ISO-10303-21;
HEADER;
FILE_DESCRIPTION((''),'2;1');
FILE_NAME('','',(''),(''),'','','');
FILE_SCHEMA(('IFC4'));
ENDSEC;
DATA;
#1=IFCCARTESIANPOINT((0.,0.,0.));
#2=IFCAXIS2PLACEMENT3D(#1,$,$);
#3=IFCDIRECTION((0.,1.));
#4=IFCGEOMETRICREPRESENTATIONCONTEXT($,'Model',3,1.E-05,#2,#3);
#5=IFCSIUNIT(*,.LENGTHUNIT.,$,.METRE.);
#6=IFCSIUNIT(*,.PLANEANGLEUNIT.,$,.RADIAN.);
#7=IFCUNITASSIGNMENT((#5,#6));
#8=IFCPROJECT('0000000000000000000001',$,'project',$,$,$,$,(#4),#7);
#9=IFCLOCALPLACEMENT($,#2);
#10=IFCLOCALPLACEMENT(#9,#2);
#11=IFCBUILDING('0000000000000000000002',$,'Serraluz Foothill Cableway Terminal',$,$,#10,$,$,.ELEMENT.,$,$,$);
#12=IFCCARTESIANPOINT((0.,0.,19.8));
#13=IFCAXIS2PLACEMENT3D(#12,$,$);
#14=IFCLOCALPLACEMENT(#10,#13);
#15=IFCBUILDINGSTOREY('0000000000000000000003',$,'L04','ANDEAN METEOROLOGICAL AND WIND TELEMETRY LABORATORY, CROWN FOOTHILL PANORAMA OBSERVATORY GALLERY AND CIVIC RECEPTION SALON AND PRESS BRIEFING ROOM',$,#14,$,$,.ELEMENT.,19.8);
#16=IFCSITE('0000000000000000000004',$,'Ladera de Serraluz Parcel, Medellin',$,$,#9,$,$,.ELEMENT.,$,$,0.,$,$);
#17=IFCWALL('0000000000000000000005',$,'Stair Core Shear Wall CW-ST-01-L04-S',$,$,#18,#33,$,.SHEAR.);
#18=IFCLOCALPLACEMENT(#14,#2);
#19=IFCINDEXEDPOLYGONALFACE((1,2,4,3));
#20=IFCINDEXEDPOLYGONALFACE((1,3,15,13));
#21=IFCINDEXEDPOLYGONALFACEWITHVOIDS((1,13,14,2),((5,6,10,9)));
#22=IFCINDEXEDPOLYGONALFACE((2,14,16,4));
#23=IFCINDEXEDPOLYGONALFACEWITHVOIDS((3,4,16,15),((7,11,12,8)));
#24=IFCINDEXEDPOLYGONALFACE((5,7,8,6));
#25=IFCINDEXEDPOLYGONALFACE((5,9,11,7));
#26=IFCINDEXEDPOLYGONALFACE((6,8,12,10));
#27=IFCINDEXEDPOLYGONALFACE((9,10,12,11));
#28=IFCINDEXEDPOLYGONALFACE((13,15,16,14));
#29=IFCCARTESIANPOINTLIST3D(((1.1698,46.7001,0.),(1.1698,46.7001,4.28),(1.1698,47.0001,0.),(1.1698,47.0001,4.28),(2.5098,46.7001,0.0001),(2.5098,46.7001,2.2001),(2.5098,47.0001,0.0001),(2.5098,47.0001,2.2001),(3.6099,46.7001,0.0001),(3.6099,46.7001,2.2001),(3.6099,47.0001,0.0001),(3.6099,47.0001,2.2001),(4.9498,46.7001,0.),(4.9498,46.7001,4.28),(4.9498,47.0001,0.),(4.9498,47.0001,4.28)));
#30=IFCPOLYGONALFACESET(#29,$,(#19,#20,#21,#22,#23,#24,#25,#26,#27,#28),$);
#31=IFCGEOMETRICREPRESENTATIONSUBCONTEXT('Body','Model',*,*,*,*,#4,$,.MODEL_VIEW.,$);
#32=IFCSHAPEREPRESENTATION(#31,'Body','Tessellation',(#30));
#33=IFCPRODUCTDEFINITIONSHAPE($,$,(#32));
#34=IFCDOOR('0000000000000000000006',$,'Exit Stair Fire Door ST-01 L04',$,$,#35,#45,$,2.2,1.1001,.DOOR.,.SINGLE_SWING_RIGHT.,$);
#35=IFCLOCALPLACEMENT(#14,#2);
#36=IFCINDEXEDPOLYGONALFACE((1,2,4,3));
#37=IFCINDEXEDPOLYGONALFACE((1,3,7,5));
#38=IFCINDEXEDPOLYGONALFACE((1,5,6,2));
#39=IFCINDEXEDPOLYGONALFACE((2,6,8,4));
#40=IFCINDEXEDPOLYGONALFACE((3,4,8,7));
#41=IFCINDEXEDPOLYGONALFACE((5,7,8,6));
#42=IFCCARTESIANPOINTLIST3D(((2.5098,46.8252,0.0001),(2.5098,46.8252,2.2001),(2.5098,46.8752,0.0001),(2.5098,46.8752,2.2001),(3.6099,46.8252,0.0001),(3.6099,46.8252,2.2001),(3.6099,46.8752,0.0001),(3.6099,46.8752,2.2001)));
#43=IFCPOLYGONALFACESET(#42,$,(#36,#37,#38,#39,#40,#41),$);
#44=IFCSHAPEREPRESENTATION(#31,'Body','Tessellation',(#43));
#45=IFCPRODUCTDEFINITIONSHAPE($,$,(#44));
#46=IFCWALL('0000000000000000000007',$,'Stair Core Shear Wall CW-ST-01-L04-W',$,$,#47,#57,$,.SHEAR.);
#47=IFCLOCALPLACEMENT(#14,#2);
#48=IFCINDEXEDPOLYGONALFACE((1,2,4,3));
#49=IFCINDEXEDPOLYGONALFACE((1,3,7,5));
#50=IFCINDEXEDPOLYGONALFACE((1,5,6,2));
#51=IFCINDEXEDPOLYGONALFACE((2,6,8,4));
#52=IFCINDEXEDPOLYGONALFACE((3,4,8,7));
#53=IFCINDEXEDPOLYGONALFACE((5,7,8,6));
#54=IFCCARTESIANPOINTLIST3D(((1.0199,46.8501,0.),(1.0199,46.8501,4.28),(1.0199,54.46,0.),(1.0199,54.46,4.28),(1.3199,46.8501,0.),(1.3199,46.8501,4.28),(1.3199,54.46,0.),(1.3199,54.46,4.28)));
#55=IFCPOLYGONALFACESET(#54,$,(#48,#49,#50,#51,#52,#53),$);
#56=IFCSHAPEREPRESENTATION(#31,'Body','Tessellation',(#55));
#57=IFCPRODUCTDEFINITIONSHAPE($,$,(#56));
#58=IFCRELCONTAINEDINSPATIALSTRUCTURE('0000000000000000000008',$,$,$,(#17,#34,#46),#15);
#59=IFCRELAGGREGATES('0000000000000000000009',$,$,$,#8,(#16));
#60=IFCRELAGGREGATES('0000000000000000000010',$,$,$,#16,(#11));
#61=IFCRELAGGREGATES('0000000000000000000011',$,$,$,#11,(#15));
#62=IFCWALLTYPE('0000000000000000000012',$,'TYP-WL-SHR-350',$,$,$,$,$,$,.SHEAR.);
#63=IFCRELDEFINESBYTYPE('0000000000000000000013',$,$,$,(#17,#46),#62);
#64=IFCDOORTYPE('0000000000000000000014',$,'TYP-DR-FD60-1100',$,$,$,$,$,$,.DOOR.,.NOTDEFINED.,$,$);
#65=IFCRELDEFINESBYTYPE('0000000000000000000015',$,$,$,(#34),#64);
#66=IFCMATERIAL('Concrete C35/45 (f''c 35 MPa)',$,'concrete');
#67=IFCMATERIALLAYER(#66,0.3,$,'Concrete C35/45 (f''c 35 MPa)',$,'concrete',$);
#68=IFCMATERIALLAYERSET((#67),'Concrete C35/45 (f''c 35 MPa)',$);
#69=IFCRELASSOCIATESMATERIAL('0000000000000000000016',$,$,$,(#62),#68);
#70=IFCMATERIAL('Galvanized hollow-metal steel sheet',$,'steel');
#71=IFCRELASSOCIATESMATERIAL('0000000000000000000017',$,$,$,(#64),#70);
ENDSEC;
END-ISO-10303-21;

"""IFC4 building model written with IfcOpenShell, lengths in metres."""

from ifc_helpers import new_model, si_unit, direction, frame, frame_2d, origin, place, context, subcontext, project, spatial, rectangle, extrude, material, layer, layer_set, type_object, element, fill, save


model = new_model("IFC4")

# Units and contexts
model_context = context("Model", 3, precision=1e-05, world=origin(), true_north=direction((0.0, 1.0)))
body_context = subcontext(model_context, "Body", "Model", "MODEL_VIEW")
ifc_project = project(units=[si_unit("LENGTHUNIT", "METRE"), si_unit("PLANEANGLEUNIT", "RADIAN")], contexts=[model_context])

# Site, building, storey
site_placement = place(None, origin())
site = spatial("IfcSite", under=ifc_project, at=site_placement, Name="Ladera de Serraluz Parcel, Medellin", CompositionType="ELEMENT", RefElevation=0.0)
building_placement = place(site_placement, origin())
building = spatial("IfcBuilding", under=site, at=building_placement, Name="Serraluz Foothill Cableway Terminal", CompositionType="ELEMENT")
storey_placement = place(building_placement, frame((0.0, 0.0, 19.8)))
storey = spatial("IfcBuildingStorey", under=building, at=storey_placement, Name="L04", Description="ANDEAN METEOROLOGICAL AND WIND TELEMETRY LABORATORY, CROWN FOOTHILL PANORAMA OBSERVATORY GALLERY AND CIVIC RECEPTION SALON AND PRESS BRIEFING ROOM", CompositionType="ELEMENT", Elevation=19.8)

# Wall, opening, door
ifc_material_1 = material(Name="Concrete C35/45 (f'c 35 MPa)", Category="concrete")
ifc_layer_1 = layer(ifc_material_1, 0.3, Name="Concrete C35/45 (f'c 35 MPa)", Category="concrete")
ifc_layer_set_1 = layer_set([ifc_layer_1], Name="Concrete C35/45 (f'c 35 MPa)")
wall_type = type_object("IfcWallType", Name="TYP-WL-SHR-350", PredefinedType="SHEAR", material=ifc_layer_set_1)
wall_1_placement = place(storey_placement, frame((4.95, 46.8501, 0.0), z_axis=(0.0, 0.0, 1.0), x_axis=(-1.0, 0.0, 0.0)))
wall_1 = element("IfcWall", 1, at=wall_1_placement, inside=storey, type_object=wall_type, Name="Stair Core Shear Wall CW-ST-01-L04-S", PredefinedType="SHEAR", context=body_context, shape_type="SweptSolid", body=[
    extrude(rectangle(XDim=3.78, YDim=0.3, at=frame_2d((1.8901, 0.0))), origin(), (0.0, 0.0, 1.0), 4.28),
])
opening_placement = place(wall_1_placement, frame((1.3401, 0.0, 0.0)))
opening = element("IfcOpeningElement", 2, at=opening_placement, cuts=wall_1, PredefinedType="OPENING", context=body_context, shape_type="SweptSolid", body=[
    extrude(rectangle(XDim=1.1001, YDim=2.2, at=frame_2d((0.55, 1.1001))), frame((0.0, 0.1602, 0.0), z_axis=(0.0, -1.0, 0.0), x_axis=(1.0, 0.0, 0.0)), (0.0, 0.0, 1.0), 0.3201),
])
ifc_material_2 = material(Name="Galvanized hollow-metal steel sheet", Category="steel")
door_type = type_object("IfcDoorType", Name="TYP-DR-FD60-1100", OperationType="NOTDEFINED", PredefinedType="DOOR", material=ifc_material_2)
door_placement = place(opening_placement, origin())
door = element("IfcDoor", 3, at=door_placement, inside=storey, type_object=door_type, Name="Exit Stair Fire Door ST-01 L04", OperationType="SINGLE_SWING_RIGHT", OverallHeight=2.2, OverallWidth=1.1001, PredefinedType="DOOR", context=body_context, shape_type="SweptSolid", body=[
    extrude(rectangle(XDim=1.1001, YDim=2.2, at=frame_2d((0.55, 1.1001))), frame((0.0, 0.0249, 0.0), z_axis=(0.0, -1.0, 0.0), x_axis=(1.0, 0.0, 0.0)), (0.0, 0.0, 1.0), 0.05),
])
fill(opening, door)

# Wall
wall_2_placement = place(storey_placement, frame((1.1699, 46.8501, 0.0), z_axis=(0.0, 0.0, 1.0), x_axis=(0.0, 1.0, 0.0)))
element("IfcWall", 4, at=wall_2_placement, inside=storey, type_object=wall_type, Name="Stair Core Shear Wall CW-ST-01-L04-W", PredefinedType="SHEAR", context=body_context, shape_type="SweptSolid", body=[
    extrude(rectangle(XDim=7.6099, YDim=0.3, at=frame_2d((3.8049, 0.0))), origin(), (0.0, 0.0, 1.0), 4.28),
])

save(model, "model.ifc")
